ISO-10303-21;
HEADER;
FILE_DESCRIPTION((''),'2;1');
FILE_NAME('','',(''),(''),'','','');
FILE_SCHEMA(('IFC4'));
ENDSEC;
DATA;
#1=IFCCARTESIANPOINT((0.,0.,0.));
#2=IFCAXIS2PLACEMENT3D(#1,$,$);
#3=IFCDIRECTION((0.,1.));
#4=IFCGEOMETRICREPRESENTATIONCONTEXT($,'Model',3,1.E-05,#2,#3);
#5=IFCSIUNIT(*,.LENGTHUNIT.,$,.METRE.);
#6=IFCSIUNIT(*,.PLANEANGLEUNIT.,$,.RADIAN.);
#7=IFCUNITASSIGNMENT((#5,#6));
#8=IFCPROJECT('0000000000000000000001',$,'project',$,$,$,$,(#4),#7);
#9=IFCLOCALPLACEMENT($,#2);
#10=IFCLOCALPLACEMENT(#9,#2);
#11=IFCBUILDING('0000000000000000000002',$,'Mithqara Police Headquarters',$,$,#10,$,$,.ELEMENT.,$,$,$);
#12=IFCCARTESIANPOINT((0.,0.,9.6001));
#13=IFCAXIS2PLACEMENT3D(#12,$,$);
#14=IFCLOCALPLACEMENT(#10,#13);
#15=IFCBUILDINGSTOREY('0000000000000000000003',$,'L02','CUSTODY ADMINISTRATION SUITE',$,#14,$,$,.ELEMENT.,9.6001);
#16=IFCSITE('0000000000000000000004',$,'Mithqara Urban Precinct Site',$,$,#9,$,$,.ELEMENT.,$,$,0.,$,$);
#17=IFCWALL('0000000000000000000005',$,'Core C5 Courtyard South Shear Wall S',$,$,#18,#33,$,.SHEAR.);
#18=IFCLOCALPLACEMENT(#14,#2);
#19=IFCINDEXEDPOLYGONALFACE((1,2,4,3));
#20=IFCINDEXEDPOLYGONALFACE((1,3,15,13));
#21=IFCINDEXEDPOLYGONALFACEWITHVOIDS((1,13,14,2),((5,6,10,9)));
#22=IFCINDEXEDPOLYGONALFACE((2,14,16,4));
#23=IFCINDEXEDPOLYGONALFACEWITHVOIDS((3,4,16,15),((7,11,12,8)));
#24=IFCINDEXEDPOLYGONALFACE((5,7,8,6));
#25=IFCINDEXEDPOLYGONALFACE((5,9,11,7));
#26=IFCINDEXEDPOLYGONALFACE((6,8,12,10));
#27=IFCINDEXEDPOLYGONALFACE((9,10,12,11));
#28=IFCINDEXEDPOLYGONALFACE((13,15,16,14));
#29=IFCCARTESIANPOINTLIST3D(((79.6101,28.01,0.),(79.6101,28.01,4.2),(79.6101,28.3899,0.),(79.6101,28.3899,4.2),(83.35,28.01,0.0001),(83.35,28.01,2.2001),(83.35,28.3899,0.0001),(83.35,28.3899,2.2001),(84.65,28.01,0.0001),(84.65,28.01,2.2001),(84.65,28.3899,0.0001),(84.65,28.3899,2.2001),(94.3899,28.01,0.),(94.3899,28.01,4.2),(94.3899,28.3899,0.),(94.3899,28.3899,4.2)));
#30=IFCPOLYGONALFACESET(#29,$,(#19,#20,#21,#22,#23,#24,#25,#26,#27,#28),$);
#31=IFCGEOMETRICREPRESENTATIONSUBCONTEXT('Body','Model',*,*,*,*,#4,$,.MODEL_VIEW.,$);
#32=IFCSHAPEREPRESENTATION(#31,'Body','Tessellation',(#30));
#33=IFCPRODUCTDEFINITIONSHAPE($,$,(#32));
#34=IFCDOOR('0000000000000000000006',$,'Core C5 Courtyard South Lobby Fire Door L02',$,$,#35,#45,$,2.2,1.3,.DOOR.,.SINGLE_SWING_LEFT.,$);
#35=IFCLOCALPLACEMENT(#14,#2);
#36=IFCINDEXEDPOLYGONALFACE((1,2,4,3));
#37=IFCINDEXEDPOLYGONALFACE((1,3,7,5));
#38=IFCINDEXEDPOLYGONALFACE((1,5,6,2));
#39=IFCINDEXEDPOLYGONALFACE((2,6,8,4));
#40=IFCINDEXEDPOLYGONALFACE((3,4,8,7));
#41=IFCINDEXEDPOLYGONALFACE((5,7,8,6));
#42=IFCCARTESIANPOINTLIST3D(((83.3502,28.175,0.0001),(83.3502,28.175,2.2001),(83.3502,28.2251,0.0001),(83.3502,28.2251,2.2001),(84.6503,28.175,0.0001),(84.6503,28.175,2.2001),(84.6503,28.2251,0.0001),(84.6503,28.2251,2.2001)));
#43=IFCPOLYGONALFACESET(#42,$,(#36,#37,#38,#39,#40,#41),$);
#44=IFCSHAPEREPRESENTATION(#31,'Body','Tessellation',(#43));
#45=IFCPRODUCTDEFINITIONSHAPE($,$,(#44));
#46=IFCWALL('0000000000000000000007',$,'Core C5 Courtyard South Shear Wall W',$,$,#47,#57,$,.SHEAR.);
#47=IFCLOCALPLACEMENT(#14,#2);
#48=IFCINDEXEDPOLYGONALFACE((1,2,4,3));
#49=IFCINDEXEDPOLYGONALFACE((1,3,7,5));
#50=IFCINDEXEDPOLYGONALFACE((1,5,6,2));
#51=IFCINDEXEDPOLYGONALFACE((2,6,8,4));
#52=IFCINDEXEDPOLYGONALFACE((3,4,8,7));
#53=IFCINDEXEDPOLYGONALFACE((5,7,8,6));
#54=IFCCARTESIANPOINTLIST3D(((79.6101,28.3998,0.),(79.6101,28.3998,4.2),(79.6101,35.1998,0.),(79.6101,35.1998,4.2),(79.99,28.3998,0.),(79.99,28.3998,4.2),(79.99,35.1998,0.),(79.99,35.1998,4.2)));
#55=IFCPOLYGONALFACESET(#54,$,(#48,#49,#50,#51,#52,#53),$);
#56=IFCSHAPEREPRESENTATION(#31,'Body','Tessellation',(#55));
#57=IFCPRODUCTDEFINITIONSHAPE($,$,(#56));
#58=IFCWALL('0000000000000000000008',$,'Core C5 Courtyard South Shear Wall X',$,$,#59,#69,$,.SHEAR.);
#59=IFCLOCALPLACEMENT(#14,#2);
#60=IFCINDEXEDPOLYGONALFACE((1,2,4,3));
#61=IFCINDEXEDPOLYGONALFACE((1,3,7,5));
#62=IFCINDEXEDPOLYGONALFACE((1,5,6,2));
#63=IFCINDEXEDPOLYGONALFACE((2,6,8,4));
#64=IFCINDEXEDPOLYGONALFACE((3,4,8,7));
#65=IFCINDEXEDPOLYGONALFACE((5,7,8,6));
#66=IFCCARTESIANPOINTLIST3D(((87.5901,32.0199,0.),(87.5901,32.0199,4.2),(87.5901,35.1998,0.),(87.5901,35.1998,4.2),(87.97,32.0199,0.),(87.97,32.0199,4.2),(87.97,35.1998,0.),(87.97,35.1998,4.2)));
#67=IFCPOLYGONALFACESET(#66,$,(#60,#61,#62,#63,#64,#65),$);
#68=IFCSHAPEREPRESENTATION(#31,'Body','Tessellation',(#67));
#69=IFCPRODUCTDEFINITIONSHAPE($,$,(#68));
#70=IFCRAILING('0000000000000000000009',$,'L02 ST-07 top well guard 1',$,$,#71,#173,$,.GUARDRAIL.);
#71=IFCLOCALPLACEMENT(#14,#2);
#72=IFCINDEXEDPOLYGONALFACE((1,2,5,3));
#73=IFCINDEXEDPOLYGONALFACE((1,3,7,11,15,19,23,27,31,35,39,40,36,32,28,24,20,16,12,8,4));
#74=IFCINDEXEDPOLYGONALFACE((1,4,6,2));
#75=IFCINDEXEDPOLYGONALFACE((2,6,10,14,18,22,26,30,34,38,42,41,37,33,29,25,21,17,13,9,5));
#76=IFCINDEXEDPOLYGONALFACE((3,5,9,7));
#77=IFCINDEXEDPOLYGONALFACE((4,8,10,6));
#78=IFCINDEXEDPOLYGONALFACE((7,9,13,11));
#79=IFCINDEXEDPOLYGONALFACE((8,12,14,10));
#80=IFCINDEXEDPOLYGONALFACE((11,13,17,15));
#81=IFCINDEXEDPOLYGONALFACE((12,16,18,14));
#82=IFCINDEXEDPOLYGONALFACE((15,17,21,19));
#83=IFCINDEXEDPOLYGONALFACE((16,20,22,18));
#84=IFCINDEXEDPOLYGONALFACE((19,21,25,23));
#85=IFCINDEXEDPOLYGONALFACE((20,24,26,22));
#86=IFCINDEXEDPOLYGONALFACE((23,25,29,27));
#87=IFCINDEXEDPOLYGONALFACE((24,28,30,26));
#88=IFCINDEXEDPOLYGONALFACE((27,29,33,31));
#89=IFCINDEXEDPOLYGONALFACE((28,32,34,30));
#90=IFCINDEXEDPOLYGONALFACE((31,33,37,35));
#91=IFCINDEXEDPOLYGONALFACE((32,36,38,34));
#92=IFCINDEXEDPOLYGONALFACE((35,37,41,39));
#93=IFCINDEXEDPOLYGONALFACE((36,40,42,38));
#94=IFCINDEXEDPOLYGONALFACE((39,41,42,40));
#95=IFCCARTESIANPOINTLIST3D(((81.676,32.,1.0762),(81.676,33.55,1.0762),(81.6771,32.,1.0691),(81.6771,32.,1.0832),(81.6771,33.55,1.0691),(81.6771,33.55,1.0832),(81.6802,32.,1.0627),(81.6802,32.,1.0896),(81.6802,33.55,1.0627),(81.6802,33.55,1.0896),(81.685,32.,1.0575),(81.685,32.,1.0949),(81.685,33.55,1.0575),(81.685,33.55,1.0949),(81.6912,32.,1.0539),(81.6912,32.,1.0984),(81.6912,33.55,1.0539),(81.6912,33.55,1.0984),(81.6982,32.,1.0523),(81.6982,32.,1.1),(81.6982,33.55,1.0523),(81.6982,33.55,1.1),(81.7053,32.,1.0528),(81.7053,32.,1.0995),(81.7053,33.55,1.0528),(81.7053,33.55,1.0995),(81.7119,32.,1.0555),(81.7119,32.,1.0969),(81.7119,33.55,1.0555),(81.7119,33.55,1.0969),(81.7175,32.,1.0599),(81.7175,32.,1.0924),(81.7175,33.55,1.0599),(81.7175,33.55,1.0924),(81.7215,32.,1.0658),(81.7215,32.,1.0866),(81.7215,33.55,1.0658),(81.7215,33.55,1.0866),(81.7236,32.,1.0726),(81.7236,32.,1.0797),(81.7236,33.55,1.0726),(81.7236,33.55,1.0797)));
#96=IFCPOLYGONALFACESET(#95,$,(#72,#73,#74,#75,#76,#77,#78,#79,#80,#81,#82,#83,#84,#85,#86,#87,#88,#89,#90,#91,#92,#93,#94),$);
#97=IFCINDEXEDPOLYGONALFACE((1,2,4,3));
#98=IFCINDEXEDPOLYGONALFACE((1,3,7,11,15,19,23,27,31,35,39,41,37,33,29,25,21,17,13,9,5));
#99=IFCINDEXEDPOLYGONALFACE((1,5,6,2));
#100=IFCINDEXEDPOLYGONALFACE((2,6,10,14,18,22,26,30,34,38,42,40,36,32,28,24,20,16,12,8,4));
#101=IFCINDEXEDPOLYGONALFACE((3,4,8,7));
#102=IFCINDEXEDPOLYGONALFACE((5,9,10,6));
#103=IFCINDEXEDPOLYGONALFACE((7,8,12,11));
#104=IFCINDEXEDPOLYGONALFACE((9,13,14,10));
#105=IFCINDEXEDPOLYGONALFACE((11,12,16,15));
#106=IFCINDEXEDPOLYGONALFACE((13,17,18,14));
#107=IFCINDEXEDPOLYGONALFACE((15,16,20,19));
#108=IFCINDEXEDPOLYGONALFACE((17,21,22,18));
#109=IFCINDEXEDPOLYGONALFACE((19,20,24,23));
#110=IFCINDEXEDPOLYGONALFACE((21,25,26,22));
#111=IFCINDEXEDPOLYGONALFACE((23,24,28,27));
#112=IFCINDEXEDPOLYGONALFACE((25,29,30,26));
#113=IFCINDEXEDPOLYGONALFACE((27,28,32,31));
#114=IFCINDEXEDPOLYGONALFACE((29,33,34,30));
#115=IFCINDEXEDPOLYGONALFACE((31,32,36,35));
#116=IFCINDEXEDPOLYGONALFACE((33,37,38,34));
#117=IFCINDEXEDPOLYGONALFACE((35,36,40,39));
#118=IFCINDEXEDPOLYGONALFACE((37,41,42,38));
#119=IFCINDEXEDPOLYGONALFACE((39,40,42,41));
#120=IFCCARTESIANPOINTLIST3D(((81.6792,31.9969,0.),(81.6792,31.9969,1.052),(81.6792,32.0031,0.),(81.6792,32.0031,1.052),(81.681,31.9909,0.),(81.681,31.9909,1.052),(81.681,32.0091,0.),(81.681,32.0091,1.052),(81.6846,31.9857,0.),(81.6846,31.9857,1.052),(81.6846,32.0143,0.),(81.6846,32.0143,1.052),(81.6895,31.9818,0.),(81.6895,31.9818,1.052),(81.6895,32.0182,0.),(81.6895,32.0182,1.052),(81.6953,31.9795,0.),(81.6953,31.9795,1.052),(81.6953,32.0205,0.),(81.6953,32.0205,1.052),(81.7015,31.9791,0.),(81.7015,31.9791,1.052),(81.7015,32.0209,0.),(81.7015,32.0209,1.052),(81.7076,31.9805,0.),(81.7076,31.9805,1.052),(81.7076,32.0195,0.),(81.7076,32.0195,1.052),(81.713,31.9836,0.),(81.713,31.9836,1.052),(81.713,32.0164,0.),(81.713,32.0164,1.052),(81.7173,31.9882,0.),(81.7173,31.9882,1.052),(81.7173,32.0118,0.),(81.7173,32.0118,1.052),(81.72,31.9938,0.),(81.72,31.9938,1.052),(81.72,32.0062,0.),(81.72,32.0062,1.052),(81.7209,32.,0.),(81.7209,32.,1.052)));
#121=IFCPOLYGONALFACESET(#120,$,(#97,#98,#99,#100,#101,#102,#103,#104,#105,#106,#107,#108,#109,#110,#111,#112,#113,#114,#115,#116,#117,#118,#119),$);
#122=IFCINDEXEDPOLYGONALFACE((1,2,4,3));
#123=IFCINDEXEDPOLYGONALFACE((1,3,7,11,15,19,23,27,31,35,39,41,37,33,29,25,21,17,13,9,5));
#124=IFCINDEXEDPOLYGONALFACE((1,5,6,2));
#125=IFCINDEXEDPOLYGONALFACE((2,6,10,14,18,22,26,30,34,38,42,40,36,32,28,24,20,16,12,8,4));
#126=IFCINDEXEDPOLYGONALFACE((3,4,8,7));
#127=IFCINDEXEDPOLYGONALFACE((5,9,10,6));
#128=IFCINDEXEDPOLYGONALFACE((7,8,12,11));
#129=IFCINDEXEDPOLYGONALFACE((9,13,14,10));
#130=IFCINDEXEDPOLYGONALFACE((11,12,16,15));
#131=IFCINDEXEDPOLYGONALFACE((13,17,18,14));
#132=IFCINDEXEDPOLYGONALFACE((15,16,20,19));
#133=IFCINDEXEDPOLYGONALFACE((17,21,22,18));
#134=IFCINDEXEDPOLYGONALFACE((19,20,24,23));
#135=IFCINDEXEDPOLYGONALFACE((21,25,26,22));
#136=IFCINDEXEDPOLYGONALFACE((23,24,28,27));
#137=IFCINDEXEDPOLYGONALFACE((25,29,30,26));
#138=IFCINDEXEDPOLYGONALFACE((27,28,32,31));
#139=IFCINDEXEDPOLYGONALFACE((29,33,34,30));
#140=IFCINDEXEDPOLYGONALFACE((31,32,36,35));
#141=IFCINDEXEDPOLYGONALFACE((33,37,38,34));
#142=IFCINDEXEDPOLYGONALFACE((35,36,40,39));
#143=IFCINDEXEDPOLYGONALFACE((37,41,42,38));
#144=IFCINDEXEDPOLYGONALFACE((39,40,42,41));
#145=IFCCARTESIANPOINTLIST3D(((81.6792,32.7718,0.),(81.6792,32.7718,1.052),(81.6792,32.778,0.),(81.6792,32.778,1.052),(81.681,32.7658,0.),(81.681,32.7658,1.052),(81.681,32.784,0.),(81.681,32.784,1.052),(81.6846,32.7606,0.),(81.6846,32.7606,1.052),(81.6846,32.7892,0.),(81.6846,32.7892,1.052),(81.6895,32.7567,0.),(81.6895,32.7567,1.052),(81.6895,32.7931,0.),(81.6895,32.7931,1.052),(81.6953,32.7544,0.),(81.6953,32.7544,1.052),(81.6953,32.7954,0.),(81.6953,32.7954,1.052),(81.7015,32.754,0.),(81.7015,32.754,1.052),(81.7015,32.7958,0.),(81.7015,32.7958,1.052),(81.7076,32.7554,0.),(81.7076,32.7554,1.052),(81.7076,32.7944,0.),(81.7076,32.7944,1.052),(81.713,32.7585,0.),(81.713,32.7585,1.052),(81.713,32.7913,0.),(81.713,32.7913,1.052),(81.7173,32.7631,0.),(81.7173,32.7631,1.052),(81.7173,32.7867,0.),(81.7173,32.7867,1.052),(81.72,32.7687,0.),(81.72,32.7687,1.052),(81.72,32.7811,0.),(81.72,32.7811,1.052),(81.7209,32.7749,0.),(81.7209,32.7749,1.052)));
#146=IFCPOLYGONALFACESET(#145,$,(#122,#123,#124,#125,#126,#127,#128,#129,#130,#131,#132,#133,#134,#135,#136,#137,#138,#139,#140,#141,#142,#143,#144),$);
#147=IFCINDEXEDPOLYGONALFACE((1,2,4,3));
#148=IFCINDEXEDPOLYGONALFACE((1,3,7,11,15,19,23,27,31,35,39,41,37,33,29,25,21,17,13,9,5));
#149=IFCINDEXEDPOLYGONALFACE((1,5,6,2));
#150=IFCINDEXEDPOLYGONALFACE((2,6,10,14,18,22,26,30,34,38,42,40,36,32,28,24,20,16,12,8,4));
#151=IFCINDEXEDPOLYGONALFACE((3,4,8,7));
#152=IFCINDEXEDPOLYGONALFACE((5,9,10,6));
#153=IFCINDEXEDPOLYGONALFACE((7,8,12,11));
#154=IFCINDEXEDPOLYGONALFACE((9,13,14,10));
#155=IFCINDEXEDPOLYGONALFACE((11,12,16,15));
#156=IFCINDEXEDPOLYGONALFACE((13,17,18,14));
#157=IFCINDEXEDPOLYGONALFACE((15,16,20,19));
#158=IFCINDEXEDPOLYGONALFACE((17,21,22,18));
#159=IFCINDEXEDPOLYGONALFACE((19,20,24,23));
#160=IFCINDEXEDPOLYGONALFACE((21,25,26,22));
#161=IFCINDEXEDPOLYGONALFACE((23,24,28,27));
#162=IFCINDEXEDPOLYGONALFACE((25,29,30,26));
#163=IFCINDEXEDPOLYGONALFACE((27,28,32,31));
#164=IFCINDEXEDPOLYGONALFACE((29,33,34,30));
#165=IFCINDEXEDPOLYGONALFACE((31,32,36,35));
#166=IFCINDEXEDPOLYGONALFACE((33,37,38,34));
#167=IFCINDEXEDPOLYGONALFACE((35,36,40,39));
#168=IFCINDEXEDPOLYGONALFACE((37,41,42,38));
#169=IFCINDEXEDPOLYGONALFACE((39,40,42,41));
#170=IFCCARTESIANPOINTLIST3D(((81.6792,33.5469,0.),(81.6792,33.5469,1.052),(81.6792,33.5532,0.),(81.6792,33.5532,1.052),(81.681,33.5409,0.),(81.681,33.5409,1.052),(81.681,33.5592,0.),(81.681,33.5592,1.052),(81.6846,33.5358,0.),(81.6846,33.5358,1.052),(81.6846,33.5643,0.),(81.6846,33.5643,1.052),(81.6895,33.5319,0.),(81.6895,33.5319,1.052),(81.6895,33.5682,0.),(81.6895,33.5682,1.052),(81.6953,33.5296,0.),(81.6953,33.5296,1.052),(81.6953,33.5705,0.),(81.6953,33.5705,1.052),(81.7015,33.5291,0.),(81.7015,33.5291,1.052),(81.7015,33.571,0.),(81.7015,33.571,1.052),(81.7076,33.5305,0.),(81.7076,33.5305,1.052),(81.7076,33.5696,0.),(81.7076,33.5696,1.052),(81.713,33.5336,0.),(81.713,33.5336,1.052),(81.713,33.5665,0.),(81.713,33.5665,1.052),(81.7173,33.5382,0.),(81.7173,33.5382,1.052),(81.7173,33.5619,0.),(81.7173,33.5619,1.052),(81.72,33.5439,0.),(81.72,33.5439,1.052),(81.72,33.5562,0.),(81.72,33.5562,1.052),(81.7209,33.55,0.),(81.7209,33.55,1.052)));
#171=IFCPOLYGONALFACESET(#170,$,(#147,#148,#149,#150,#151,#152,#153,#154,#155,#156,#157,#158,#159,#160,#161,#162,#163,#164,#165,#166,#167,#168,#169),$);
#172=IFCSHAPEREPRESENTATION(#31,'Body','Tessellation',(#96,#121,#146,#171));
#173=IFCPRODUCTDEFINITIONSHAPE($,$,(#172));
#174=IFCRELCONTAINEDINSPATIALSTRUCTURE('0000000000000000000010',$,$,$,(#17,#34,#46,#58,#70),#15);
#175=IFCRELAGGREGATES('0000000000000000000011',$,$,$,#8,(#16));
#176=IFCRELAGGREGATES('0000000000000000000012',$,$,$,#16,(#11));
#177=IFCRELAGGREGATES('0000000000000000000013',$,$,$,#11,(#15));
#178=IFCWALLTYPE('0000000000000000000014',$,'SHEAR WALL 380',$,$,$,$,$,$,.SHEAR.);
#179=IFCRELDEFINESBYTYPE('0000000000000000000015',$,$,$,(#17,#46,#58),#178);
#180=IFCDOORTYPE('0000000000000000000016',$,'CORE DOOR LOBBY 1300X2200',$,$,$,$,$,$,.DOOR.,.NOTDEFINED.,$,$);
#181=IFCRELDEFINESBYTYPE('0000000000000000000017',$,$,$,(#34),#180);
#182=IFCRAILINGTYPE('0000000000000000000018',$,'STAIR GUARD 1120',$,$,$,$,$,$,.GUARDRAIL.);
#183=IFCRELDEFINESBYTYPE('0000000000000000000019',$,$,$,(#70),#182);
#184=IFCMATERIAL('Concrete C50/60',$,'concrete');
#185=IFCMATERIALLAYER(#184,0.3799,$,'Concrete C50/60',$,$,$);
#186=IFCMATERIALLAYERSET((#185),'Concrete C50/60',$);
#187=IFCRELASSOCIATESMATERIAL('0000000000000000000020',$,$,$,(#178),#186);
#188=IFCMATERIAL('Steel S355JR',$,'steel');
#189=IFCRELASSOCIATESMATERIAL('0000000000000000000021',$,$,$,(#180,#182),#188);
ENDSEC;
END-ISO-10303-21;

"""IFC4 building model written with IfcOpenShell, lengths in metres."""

from ifc_helpers import new_model, si_unit, direction, frame, frame_2d, origin, origin_2d, place, context, subcontext, project, spatial, rectangle, circle, extrude, material, layer, layer_set, type_object, element, fill, save


model = new_model("IFC4")

# Units and contexts
model_context = context("Model", 3, precision=1e-05, world=origin(), true_north=direction((0.0, 1.0)))
body_context = subcontext(model_context, "Body", "Model", "MODEL_VIEW")
ifc_project = project(units=[si_unit("LENGTHUNIT", "METRE"), si_unit("PLANEANGLEUNIT", "RADIAN")], contexts=[model_context])

# Site, building, storey
site_placement = place(None, origin())
site = spatial("IfcSite", under=ifc_project, at=site_placement, Name="Mithqara Urban Precinct Site", CompositionType="ELEMENT", RefElevation=0.0)
building_placement = place(site_placement, origin())
building = spatial("IfcBuilding", under=site, at=building_placement, Name="Mithqara Police Headquarters", CompositionType="ELEMENT")
storey_placement = place(building_placement, frame((0.0, 0.0, 9.6001)))
storey = spatial("IfcBuildingStorey", under=building, at=storey_placement, Name="L02", Description="CUSTODY ADMINISTRATION SUITE", CompositionType="ELEMENT", Elevation=9.6001)

# Shared definitions
ifc_material_1 = material(Name="Steel S355JR", Category="steel")

# Shared definitions
ifc_material_2 = material(Name="Concrete C50/60", Category="concrete")
ifc_layer_1 = layer(ifc_material_2, 0.3799, Name="Concrete C50/60")
ifc_layer_set_1 = layer_set([ifc_layer_1], Name="Concrete C50/60")
wall_type_1 = type_object("IfcWallType", Name="SHEAR WALL 380", PredefinedType="SHEAR", material=ifc_layer_set_1)

# Wall, opening, door
wall_1_placement = place(storey_placement, frame((79.6101, 28.2, 0.0), z_axis=(0.0, 0.0, 1.0), x_axis=(1.0, 0.0, 0.0)))
wall_1 = element("IfcWall", 1, at=wall_1_placement, inside=storey, type_object=wall_type_1, Name="Core C5 Courtyard South Shear Wall S", PredefinedType="SHEAR", context=body_context, shape_type="SweptSolid", body=[
    extrude(rectangle(XDim=14.7798, YDim=0.3799, at=frame_2d((7.3899, 0.0))), origin(), (0.0, 0.0, 1.0), 4.2),
])
opening_1_placement = place(wall_1_placement, frame((3.74, 0.0, 0.0)))
opening_1 = element("IfcOpeningElement", 2, at=opening_1_placement, cuts=wall_1, PredefinedType="OPENING", context=body_context, shape_type="SweptSolid", body=[
    extrude(rectangle(XDim=1.3, YDim=2.2, at=frame_2d((0.6499, 1.1001))), frame((0.0, 0.2, 0.0), z_axis=(0.0, -1.0, 0.0), x_axis=(1.0, 0.0, 0.0)), (0.0, 0.0, 1.0), 0.3999),
])
door_type_1 = type_object("IfcDoorType", Name="CORE DOOR LOBBY 1300X2200", OperationType="NOTDEFINED", PredefinedType="DOOR", material=ifc_material_1)
door_1_placement = place(opening_1_placement, frame((1.3, 0.0, 0.0), z_axis=(0.0, 0.0, 1.0), x_axis=(-1.0, 0.0, 0.0)))
door_1 = element("IfcDoor", 3, at=door_1_placement, inside=storey, type_object=door_type_1, Name="Core C5 Courtyard South Lobby Fire Door L02", OperationType="SINGLE_SWING_LEFT", OverallHeight=2.2, OverallWidth=1.3, PredefinedType="DOOR", context=body_context, shape_type="SweptSolid", body=[
    extrude(rectangle(XDim=1.3, YDim=2.2, at=frame_2d((0.6499, 1.1001))), frame((0.0, 0.0249, 0.0), z_axis=(0.0, -1.0, 0.0), x_axis=(1.0, 0.0, 0.0)), (0.0, 0.0, 1.0), 0.05),
])
fill(opening_1, door_1)

# Wall
wall_2_placement = place(storey_placement, frame((79.8, 28.3999, 0.0), z_axis=(0.0, 0.0, 1.0), x_axis=(0.0, 1.0, 0.0)))
element("IfcWall", 4, at=wall_2_placement, inside=storey, type_object=wall_type_1, Name="Core C5 Courtyard South Shear Wall W", PredefinedType="SHEAR", context=body_context, shape_type="SweptSolid", body=[
    extrude(rectangle(XDim=6.8, YDim=0.3799, at=frame_2d((3.3999, 0.0))), origin(), (0.0, 0.0, 1.0), 4.2),
])

# Wall
wall_3_placement = place(storey_placement, frame((87.78, 32.02, 0.0), z_axis=(0.0, 0.0, 1.0), x_axis=(0.0, 1.0, 0.0)))
element("IfcWall", 5, at=wall_3_placement, inside=storey, type_object=wall_type_1, Name="Core C5 Courtyard South Shear Wall X", PredefinedType="SHEAR", context=body_context, shape_type="SweptSolid", body=[
    extrude(rectangle(XDim=3.1799, YDim=0.3799, at=frame_2d((1.5898, 0.0))), origin(), (0.0, 0.0, 1.0), 4.2),
])

# Railing
railing_type = type_object("IfcRailingType", Name="STAIR GUARD 1120", PredefinedType="GUARDRAIL", material=ifc_material_1)
railing_placement = place(storey_placement, frame((81.7, 32.0, 0.0)))
element("IfcRailing", 6, at=railing_placement, inside=storey, type_object=railing_type, Name="L02 ST-07 top well guard 1", PredefinedType="GUARDRAIL", context=body_context, shape_type="SweptSolid", body=[
    extrude(circle(Radius=0.0239, at=origin_2d()), frame((0.0, 0.0, 1.0762), z_axis=(0.0, 1.0, 0.0), x_axis=(-1.0, 0.0, 0.0)), (0.0, 0.0, 1.0), 1.55),
    extrude(circle(Radius=0.021, at=origin_2d()), origin(), (0.0, 0.0, 1.0), 1.052),
    extrude(circle(Radius=0.021, at=origin_2d()), frame((0.0, 0.7749, 0.0)), (0.0, 0.0, 1.0), 1.052),
    extrude(circle(Radius=0.021, at=origin_2d()), frame((0.0, 1.55, 0.0)), (0.0, 0.0, 1.0), 1.052),
])

save(model, "model.ifc")
